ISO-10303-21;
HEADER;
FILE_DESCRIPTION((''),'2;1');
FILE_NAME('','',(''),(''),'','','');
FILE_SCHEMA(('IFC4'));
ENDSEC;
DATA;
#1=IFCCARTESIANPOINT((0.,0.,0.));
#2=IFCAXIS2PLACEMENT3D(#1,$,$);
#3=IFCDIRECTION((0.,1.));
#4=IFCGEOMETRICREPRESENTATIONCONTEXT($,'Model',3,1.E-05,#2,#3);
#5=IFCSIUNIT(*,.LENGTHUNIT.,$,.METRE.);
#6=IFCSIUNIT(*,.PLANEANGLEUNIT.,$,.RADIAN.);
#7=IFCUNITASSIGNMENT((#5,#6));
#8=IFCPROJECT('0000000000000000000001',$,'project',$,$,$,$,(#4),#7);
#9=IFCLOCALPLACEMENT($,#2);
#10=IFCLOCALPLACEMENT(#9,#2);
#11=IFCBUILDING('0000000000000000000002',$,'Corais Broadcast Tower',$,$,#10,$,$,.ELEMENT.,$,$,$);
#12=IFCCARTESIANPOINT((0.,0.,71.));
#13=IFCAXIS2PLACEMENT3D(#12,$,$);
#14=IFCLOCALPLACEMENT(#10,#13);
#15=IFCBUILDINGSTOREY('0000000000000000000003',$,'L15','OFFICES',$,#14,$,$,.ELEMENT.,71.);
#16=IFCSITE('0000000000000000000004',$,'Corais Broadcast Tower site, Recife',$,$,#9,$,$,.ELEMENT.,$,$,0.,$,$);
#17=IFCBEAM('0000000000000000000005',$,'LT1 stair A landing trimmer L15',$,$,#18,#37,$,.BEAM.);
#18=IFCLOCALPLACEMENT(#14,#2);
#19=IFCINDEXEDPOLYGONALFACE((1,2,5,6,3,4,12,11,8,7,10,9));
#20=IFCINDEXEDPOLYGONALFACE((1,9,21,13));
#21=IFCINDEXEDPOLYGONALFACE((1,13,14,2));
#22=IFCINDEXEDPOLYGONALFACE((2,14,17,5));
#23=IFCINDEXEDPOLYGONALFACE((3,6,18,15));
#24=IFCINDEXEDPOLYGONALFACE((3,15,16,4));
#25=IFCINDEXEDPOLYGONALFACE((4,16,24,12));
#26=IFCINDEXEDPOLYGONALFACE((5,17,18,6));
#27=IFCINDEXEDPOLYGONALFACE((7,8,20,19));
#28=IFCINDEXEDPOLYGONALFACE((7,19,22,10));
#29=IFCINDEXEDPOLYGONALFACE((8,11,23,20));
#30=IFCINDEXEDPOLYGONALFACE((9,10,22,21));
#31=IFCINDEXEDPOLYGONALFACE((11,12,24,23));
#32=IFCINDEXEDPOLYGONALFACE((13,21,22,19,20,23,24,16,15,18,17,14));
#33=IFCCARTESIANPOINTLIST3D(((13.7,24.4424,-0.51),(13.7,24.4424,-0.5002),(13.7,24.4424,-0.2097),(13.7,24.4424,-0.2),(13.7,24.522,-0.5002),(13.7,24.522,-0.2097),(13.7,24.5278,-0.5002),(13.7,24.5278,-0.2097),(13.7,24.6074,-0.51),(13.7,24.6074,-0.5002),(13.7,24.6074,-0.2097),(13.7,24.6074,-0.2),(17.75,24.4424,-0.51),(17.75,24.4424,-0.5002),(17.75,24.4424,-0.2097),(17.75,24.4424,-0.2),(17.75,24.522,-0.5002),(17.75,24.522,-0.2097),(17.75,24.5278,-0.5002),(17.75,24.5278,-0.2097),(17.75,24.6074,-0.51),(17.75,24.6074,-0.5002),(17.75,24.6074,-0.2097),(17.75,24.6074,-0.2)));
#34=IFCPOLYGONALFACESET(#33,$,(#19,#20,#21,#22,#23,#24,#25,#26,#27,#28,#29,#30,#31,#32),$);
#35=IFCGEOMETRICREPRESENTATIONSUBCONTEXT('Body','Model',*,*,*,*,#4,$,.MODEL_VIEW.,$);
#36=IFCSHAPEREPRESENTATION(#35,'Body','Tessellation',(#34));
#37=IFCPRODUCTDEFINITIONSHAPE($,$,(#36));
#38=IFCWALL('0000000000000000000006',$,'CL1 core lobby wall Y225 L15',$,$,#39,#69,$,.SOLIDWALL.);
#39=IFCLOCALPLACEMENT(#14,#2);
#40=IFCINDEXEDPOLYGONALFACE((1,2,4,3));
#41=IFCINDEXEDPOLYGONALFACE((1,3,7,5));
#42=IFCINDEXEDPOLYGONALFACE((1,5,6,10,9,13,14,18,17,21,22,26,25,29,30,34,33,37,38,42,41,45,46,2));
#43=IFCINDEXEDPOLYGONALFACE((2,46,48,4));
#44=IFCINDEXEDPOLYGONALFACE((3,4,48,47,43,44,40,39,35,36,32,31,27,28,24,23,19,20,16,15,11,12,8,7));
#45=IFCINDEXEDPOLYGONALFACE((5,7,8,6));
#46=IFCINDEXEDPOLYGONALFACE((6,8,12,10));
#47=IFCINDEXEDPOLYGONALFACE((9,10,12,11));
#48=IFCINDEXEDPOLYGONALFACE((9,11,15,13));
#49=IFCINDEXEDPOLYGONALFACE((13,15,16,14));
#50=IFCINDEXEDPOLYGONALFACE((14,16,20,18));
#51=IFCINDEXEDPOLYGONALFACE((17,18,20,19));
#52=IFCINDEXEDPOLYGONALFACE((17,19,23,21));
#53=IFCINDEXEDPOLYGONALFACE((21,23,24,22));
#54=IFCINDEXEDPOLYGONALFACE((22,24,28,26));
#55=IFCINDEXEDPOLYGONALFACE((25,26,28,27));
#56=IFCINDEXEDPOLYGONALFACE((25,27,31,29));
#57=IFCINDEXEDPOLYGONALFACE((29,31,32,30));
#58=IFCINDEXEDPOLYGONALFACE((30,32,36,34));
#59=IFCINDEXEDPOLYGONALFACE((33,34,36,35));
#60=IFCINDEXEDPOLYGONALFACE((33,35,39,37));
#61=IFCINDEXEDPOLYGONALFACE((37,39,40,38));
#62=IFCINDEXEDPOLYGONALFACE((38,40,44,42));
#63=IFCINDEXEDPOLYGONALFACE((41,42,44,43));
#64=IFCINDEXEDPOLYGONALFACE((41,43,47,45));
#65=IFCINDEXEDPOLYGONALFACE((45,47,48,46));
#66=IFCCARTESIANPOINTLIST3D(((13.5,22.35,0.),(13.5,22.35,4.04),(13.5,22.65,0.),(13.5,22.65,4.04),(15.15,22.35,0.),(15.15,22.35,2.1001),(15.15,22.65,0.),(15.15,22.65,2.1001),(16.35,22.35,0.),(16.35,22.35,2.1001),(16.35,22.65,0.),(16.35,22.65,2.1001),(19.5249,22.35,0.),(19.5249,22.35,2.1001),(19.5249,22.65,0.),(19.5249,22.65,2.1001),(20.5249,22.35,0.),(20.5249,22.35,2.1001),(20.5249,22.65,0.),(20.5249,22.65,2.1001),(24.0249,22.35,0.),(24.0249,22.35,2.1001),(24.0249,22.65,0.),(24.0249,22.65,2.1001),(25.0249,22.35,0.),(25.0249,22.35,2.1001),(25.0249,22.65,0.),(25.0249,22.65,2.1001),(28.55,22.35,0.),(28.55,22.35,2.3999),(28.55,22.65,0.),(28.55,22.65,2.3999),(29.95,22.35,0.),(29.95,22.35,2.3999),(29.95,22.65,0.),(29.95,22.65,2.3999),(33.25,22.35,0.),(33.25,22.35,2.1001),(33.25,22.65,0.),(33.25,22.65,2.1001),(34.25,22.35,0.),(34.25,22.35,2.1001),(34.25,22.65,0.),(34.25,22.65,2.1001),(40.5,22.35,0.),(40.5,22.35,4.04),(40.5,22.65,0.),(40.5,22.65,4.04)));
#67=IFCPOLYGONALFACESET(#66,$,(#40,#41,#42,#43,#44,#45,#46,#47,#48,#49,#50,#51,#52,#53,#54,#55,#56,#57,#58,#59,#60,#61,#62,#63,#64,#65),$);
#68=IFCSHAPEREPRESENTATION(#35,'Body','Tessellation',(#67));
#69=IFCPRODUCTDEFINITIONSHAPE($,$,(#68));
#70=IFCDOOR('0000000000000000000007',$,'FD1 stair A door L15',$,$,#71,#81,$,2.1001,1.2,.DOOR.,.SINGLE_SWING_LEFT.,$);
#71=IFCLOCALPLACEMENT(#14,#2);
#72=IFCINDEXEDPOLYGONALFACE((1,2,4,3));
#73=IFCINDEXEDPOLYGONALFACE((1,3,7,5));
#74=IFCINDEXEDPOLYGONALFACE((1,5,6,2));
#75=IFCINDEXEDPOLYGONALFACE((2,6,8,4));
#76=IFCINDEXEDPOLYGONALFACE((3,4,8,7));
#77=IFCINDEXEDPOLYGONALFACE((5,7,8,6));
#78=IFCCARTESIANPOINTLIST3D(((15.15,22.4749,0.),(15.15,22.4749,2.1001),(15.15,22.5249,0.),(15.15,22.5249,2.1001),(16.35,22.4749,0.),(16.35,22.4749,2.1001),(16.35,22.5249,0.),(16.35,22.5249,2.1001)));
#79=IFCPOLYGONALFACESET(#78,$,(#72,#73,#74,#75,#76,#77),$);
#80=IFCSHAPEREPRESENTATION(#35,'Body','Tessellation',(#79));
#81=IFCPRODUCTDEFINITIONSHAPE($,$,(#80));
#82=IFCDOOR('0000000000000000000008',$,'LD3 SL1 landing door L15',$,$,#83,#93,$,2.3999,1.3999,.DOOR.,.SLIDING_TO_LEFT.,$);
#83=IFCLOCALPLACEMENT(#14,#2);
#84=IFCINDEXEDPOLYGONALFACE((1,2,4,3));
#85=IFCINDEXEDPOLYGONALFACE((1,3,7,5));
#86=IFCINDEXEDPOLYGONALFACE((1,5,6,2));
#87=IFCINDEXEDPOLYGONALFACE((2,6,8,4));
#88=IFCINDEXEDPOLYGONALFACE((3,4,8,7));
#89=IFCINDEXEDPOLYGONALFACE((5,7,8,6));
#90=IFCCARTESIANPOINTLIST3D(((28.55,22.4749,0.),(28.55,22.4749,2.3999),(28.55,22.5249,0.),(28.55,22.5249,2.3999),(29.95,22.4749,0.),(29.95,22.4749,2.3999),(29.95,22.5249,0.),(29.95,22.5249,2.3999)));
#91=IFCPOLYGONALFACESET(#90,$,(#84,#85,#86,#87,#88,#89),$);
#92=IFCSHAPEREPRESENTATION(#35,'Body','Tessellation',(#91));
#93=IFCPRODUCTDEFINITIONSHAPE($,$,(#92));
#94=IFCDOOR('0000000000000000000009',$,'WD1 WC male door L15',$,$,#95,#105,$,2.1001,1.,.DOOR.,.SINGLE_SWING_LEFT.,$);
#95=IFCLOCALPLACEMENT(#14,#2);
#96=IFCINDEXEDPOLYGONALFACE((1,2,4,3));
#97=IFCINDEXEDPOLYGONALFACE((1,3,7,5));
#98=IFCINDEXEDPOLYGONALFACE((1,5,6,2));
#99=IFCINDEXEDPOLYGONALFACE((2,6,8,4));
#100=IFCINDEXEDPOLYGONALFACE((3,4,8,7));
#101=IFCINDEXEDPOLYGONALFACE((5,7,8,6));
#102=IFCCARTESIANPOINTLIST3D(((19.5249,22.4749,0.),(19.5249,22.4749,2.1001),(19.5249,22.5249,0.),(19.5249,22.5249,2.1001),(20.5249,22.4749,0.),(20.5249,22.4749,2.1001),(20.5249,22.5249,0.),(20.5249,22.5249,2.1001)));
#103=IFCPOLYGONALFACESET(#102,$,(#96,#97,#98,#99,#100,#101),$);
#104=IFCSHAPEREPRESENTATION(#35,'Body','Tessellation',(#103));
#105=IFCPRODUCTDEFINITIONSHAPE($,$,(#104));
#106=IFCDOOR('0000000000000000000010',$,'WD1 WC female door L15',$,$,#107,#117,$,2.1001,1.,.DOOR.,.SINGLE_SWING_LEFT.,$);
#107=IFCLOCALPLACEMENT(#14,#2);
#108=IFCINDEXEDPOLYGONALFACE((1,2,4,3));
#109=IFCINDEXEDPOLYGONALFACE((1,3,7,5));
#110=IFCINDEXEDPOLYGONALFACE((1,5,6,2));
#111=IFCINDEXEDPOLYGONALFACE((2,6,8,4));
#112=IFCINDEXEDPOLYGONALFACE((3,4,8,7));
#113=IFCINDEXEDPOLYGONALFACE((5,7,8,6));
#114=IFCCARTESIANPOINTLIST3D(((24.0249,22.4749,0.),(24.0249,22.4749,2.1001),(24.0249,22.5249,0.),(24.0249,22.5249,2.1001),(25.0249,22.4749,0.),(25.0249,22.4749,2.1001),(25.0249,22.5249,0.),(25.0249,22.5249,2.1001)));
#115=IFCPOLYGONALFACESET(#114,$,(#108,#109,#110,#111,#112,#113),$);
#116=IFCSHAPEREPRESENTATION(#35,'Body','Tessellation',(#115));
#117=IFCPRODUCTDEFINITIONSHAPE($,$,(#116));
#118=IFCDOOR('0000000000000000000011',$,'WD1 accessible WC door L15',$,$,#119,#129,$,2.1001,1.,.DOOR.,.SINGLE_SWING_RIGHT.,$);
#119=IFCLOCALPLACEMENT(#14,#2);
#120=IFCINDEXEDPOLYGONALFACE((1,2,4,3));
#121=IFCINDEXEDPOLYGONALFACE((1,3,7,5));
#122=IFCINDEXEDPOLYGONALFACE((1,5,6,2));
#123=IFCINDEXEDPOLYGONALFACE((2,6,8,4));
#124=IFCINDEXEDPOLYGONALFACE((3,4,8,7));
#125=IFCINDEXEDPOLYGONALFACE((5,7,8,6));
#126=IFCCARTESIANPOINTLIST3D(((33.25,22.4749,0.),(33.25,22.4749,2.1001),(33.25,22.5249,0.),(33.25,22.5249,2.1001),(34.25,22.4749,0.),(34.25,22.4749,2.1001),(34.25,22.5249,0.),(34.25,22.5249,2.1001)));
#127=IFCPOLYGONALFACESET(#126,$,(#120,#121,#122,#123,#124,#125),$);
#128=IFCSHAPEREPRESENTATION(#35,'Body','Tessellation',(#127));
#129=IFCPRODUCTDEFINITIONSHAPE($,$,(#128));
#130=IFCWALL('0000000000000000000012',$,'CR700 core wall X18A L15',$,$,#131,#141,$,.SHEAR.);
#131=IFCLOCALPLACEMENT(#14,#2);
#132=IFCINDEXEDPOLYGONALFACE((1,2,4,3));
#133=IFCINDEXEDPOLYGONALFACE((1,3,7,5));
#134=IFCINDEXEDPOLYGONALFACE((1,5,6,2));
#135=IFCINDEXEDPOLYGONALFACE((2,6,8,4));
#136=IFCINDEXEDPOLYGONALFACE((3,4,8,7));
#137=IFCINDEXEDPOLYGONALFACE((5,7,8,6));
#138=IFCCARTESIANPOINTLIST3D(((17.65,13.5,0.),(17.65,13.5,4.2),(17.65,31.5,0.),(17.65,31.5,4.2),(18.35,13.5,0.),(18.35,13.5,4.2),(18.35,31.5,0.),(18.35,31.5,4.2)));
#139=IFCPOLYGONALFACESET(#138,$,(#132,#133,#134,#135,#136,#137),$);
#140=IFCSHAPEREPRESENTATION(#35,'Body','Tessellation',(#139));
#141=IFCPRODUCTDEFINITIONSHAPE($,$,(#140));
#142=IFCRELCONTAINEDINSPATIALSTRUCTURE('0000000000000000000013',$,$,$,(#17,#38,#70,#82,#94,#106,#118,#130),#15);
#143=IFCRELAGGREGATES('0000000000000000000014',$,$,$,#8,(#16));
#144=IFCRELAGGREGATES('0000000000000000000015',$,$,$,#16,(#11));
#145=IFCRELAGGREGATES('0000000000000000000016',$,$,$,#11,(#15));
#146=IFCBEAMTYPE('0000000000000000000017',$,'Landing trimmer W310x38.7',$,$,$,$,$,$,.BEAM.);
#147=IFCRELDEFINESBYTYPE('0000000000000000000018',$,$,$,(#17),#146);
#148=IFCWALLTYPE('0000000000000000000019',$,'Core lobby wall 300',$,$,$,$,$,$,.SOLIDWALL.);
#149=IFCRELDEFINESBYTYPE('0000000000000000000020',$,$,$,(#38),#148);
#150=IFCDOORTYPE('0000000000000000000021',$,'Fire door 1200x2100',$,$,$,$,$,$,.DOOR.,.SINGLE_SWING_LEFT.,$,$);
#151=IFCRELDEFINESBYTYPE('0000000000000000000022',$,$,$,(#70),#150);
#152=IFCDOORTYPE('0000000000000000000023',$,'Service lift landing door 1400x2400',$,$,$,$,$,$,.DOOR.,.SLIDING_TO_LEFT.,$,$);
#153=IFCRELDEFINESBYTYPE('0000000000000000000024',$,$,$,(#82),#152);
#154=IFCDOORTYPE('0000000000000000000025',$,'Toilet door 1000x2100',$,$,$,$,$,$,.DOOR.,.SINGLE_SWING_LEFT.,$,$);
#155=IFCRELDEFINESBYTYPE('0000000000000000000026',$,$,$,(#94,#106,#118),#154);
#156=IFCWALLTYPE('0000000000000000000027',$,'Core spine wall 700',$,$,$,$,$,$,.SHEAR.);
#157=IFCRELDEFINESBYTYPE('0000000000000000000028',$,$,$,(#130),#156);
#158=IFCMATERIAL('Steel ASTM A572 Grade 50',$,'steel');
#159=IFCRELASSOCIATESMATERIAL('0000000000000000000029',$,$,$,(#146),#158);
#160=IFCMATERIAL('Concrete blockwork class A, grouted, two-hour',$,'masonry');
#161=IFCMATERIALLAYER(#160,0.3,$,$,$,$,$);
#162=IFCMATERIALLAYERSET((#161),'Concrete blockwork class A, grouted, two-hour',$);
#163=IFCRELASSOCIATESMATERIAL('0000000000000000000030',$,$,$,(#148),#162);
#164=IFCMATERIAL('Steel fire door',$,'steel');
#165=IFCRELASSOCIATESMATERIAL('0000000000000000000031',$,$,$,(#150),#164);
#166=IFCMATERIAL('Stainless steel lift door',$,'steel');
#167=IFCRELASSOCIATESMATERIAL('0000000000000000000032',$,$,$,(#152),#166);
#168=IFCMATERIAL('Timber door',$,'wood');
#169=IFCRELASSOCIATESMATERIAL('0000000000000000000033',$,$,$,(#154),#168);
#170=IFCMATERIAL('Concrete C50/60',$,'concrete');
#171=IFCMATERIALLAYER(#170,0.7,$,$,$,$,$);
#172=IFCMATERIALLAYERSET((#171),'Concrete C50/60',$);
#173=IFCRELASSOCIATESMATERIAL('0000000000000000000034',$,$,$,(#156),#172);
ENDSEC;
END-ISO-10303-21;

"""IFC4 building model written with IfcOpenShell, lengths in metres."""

from ifc_helpers import new_model, si_unit, direction, frame, frame_2d, origin, origin_2d, place, context, subcontext, project, spatial, rectangle, i_section, extrude, material, layer, layer_set, material_profile, profile_set, type_object, element, fill, save


model = new_model("IFC4")

# Units and contexts
model_context = context("Model", 3, precision=1e-05, world=origin(), true_north=direction((0.0, 1.0)))
body_context = subcontext(model_context, "Body", "Model", "MODEL_VIEW")
ifc_project = project(units=[si_unit("LENGTHUNIT", "METRE"), si_unit("PLANEANGLEUNIT", "RADIAN")], contexts=[model_context])

# Site, building, storey
site_placement = place(None, origin())
site = spatial("IfcSite", under=ifc_project, at=site_placement, Name="Corais Broadcast Tower site, Recife", CompositionType="ELEMENT", RefElevation=0.0)
building_placement = place(site_placement, origin())
building = spatial("IfcBuilding", under=site, at=building_placement, Name="Corais Broadcast Tower", CompositionType="ELEMENT")
storey_placement = place(building_placement, frame((0.0, 0.0, 71.0)))
storey = spatial("IfcBuildingStorey", under=building, at=storey_placement, Name="L15", Description="OFFICES", CompositionType="ELEMENT", Elevation=71.0)

# Beam
ifc_material_1 = material(Name="Steel ASTM A572 Grade 50", Category="steel")
ifc_material_profile = material_profile(ifc_material_1, i_section(OverallWidth=0.165, OverallDepth=0.3101, WebThickness=0.0059, FlangeThickness=0.0098, at=origin_2d()), Name="W310x38.7")
ifc_profile_set = profile_set([ifc_material_profile], Name="Steel ASTM A572 Grade 50")
beam_type = type_object("IfcBeamType", Name="Landing trimmer W310x38.7", PredefinedType="BEAM", material=ifc_profile_set)
beam_placement = place(storey_placement, frame((13.7, 24.5249, -0.355), z_axis=(1.0, 0.0, 0.0), x_axis=(0.0, 1.0, 0.0)))
element("IfcBeam", 1, at=beam_placement, inside=storey, type_object=beam_type, Name="LT1 stair A landing trimmer L15", PredefinedType="BEAM", context=body_context, shape_type="SweptSolid", body=[
    extrude(i_section(OverallWidth=0.165, OverallDepth=0.3101, WebThickness=0.0059, FlangeThickness=0.0098, at=origin_2d()), origin(), (0.0, 0.0, 1.0), 4.05),
])

# Wall, openings, doors
ifc_material_2 = material(Name="Concrete blockwork class A, grouted, two-hour", Category="masonry")
ifc_layer_1 = layer(ifc_material_2, 0.3)
ifc_layer_set_1 = layer_set([ifc_layer_1], Name="Concrete blockwork class A, grouted, two-hour")
wall_type_1 = type_object("IfcWallType", Name="Core lobby wall 300", PredefinedType="SOLIDWALL", material=ifc_layer_set_1)
wall_1_placement = place(storey_placement, frame((13.5, 22.5, 0.0), z_axis=(0.0, 0.0, 1.0), x_axis=(1.0, 0.0, 0.0)))
wall_1 = element("IfcWall", 2, at=wall_1_placement, inside=storey, type_object=wall_type_1, Name="CL1 core lobby wall Y225 L15", PredefinedType="SOLIDWALL", context=body_context, shape_type="SweptSolid", body=[
    extrude(rectangle(XDim=27.0, YDim=0.3, at=frame_2d((13.5, 0.0))), origin(), (0.0, 0.0, 1.0), 4.04),
])
opening_1_placement = place(wall_1_placement, frame((1.6499, 0.0, 0.0)))
opening_1 = element("IfcOpeningElement", 3, at=opening_1_placement, cuts=wall_1, PredefinedType="OPENING", context=body_context, shape_type="SweptSolid", body=[
    extrude(rectangle(XDim=1.2, YDim=2.1001, at=frame_2d((0.6001, 1.05))), frame((0.0, 0.1599, 0.0), z_axis=(0.0, -1.0, 0.0), x_axis=(1.0, 0.0, 0.0)), (0.0, 0.0, 1.0), 0.3201),
])
opening_2_placement = place(wall_1_placement, frame((6.0249, 0.0, 0.0)))
opening_2 = element("IfcOpeningElement", 4, at=opening_2_placement, cuts=wall_1, PredefinedType="OPENING", context=body_context, shape_type="SweptSolid", body=[
    extrude(rectangle(XDim=1.0, YDim=2.1001, at=frame_2d((0.5, 1.05))), frame((0.0, 0.1599, 0.0), z_axis=(0.0, -1.0, 0.0), x_axis=(1.0, 0.0, 0.0)), (0.0, 0.0, 1.0), 0.3201),
])
opening_3_placement = place(wall_1_placement, frame((10.5249, 0.0, 0.0)))
opening_3 = element("IfcOpeningElement", 5, at=opening_3_placement, cuts=wall_1, PredefinedType="OPENING", context=body_context, shape_type="SweptSolid", body=[
    extrude(rectangle(XDim=1.0, YDim=2.1001, at=frame_2d((0.5, 1.05))), frame((0.0, 0.1599, 0.0), z_axis=(0.0, -1.0, 0.0), x_axis=(1.0, 0.0, 0.0)), (0.0, 0.0, 1.0), 0.3201),
])
opening_4_placement = place(wall_1_placement, frame((19.75, 0.0, 0.0)))
opening_4 = element("IfcOpeningElement", 6, at=opening_4_placement, cuts=wall_1, PredefinedType="OPENING", context=body_context, shape_type="SweptSolid", body=[
    extrude(rectangle(XDim=1.0, YDim=2.1001, at=frame_2d((0.5, 1.05))), frame((0.0, 0.1599, 0.0), z_axis=(0.0, -1.0, 0.0), x_axis=(1.0, 0.0, 0.0)), (0.0, 0.0, 1.0), 0.3201),
])
opening_5_placement = place(wall_1_placement, frame((15.05, 0.0, 0.0)))
opening_5 = element("IfcOpeningElement", 7, at=opening_5_placement, cuts=wall_1, PredefinedType="OPENING", context=body_context, shape_type="SweptSolid", body=[
    extrude(rectangle(XDim=1.3999, YDim=2.3999, at=frame_2d((0.7, 1.2))), frame((0.0, 0.1599, 0.0), z_axis=(0.0, -1.0, 0.0), x_axis=(1.0, 0.0, 0.0)), (0.0, 0.0, 1.0), 0.3201),
])
ifc_material_3 = material(Name="Steel fire door", Category="steel")
door_type_1 = type_object("IfcDoorType", Name="Fire door 1200x2100", OperationType="SINGLE_SWING_LEFT", PredefinedType="DOOR", material=ifc_material_3)
door_1_placement = place(opening_1_placement, origin())
door_1 = element("IfcDoor", 8, at=door_1_placement, inside=storey, type_object=door_type_1, Name="FD1 stair A door L15", OperationType="SINGLE_SWING_LEFT", OverallHeight=2.1001, OverallWidth=1.2, PredefinedType="DOOR", context=body_context, shape_type="SweptSolid", body=[
    extrude(rectangle(XDim=1.2, YDim=2.1001, at=frame_2d((0.6001, 1.05))), frame((0.0, 0.0249, 0.0), z_axis=(0.0, -1.0, 0.0), x_axis=(1.0, 0.0, 0.0)), (0.0, 0.0, 1.0), 0.05),
])
fill(opening_1, door_1)
ifc_material_4 = material(Name="Stainless steel lift door", Category="steel")
door_type_2 = type_object("IfcDoorType", Name="Service lift landing door 1400x2400", OperationType="SLIDING_TO_LEFT", PredefinedType="DOOR", material=ifc_material_4)
door_2_placement = place(opening_5_placement, origin())
door_2 = element("IfcDoor", 9, at=door_2_placement, inside=storey, type_object=door_type_2, Name="LD3 SL1 landing door L15", OperationType="SLIDING_TO_LEFT", OverallHeight=2.3999, OverallWidth=1.3999, PredefinedType="DOOR", context=body_context, shape_type="SweptSolid", body=[
    extrude(rectangle(XDim=1.3999, YDim=2.3999, at=frame_2d((0.7, 1.2))), frame((0.0, 0.0249, 0.0), z_axis=(0.0, -1.0, 0.0), x_axis=(1.0, 0.0, 0.0)), (0.0, 0.0, 1.0), 0.05),
])
fill(opening_5, door_2)
ifc_material_5 = material(Name="Timber door", Category="wood")
door_type_3 = type_object("IfcDoorType", Name="Toilet door 1000x2100", OperationType="SINGLE_SWING_LEFT", PredefinedType="DOOR", material=ifc_material_5)
door_3_placement = place(opening_2_placement, origin())
door_3 = element("IfcDoor", 10, at=door_3_placement, inside=storey, type_object=door_type_3, Name="WD1 WC male door L15", OperationType="SINGLE_SWING_LEFT", OverallHeight=2.1001, OverallWidth=1.0, PredefinedType="DOOR", context=body_context, shape_type="SweptSolid", body=[
    extrude(rectangle(XDim=1.0, YDim=2.1001, at=frame_2d((0.5, 1.05))), frame((0.0, 0.0249, 0.0), z_axis=(0.0, -1.0, 0.0), x_axis=(1.0, 0.0, 0.0)), (0.0, 0.0, 1.0), 0.05),
])
fill(opening_2, door_3)
door_4_placement = place(opening_3_placement, origin())
door_4 = element("IfcDoor", 11, at=door_4_placement, inside=storey, type_object=door_type_3, Name="WD1 WC female door L15", OperationType="SINGLE_SWING_LEFT", OverallHeight=2.1001, OverallWidth=1.0, PredefinedType="DOOR", context=body_context, shape_type="SweptSolid", body=[
    extrude(rectangle(XDim=1.0, YDim=2.1001, at=frame_2d((0.5, 1.05))), frame((0.0, 0.0249, 0.0), z_axis=(0.0, -1.0, 0.0), x_axis=(1.0, 0.0, 0.0)), (0.0, 0.0, 1.0), 0.05),
])
fill(opening_3, door_4)
door_5_placement = place(opening_4_placement, origin())
door_5 = element("IfcDoor", 12, at=door_5_placement, inside=storey, type_object=door_type_3, Name="WD1 accessible WC door L15", OperationType="SINGLE_SWING_RIGHT", OverallHeight=2.1001, OverallWidth=1.0, PredefinedType="DOOR", context=body_context, shape_type="SweptSolid", body=[
    extrude(rectangle(XDim=1.0, YDim=2.1001, at=frame_2d((0.5, 1.05))), frame((0.0, 0.0249, 0.0), z_axis=(0.0, -1.0, 0.0), x_axis=(1.0, 0.0, 0.0)), (0.0, 0.0, 1.0), 0.05),
])
fill(opening_4, door_5)

# Wall
ifc_material_6 = material(Name="Concrete C50/60", Category="concrete")
ifc_layer_2 = layer(ifc_material_6, 0.7)
ifc_layer_set_2 = layer_set([ifc_layer_2], Name="Concrete C50/60")
wall_type_2 = type_object("IfcWallType", Name="Core spine wall 700", PredefinedType="SHEAR", material=ifc_layer_set_2)
wall_2_placement = place(storey_placement, frame((18.0, 13.5, 0.0), z_axis=(0.0, 0.0, 1.0), x_axis=(0.0, 1.0, 0.0)))
element("IfcWall", 13, at=wall_2_placement, inside=storey, type_object=wall_type_2, Name="CR700 core wall X18A L15", PredefinedType="SHEAR", context=body_context, shape_type="SweptSolid", body=[
    extrude(rectangle(XDim=18.0, YDim=0.7, at=frame_2d((9.0, 0.0))), origin(), (0.0, 0.0, 1.0), 4.2),
])

save(model, "model.ifc")
